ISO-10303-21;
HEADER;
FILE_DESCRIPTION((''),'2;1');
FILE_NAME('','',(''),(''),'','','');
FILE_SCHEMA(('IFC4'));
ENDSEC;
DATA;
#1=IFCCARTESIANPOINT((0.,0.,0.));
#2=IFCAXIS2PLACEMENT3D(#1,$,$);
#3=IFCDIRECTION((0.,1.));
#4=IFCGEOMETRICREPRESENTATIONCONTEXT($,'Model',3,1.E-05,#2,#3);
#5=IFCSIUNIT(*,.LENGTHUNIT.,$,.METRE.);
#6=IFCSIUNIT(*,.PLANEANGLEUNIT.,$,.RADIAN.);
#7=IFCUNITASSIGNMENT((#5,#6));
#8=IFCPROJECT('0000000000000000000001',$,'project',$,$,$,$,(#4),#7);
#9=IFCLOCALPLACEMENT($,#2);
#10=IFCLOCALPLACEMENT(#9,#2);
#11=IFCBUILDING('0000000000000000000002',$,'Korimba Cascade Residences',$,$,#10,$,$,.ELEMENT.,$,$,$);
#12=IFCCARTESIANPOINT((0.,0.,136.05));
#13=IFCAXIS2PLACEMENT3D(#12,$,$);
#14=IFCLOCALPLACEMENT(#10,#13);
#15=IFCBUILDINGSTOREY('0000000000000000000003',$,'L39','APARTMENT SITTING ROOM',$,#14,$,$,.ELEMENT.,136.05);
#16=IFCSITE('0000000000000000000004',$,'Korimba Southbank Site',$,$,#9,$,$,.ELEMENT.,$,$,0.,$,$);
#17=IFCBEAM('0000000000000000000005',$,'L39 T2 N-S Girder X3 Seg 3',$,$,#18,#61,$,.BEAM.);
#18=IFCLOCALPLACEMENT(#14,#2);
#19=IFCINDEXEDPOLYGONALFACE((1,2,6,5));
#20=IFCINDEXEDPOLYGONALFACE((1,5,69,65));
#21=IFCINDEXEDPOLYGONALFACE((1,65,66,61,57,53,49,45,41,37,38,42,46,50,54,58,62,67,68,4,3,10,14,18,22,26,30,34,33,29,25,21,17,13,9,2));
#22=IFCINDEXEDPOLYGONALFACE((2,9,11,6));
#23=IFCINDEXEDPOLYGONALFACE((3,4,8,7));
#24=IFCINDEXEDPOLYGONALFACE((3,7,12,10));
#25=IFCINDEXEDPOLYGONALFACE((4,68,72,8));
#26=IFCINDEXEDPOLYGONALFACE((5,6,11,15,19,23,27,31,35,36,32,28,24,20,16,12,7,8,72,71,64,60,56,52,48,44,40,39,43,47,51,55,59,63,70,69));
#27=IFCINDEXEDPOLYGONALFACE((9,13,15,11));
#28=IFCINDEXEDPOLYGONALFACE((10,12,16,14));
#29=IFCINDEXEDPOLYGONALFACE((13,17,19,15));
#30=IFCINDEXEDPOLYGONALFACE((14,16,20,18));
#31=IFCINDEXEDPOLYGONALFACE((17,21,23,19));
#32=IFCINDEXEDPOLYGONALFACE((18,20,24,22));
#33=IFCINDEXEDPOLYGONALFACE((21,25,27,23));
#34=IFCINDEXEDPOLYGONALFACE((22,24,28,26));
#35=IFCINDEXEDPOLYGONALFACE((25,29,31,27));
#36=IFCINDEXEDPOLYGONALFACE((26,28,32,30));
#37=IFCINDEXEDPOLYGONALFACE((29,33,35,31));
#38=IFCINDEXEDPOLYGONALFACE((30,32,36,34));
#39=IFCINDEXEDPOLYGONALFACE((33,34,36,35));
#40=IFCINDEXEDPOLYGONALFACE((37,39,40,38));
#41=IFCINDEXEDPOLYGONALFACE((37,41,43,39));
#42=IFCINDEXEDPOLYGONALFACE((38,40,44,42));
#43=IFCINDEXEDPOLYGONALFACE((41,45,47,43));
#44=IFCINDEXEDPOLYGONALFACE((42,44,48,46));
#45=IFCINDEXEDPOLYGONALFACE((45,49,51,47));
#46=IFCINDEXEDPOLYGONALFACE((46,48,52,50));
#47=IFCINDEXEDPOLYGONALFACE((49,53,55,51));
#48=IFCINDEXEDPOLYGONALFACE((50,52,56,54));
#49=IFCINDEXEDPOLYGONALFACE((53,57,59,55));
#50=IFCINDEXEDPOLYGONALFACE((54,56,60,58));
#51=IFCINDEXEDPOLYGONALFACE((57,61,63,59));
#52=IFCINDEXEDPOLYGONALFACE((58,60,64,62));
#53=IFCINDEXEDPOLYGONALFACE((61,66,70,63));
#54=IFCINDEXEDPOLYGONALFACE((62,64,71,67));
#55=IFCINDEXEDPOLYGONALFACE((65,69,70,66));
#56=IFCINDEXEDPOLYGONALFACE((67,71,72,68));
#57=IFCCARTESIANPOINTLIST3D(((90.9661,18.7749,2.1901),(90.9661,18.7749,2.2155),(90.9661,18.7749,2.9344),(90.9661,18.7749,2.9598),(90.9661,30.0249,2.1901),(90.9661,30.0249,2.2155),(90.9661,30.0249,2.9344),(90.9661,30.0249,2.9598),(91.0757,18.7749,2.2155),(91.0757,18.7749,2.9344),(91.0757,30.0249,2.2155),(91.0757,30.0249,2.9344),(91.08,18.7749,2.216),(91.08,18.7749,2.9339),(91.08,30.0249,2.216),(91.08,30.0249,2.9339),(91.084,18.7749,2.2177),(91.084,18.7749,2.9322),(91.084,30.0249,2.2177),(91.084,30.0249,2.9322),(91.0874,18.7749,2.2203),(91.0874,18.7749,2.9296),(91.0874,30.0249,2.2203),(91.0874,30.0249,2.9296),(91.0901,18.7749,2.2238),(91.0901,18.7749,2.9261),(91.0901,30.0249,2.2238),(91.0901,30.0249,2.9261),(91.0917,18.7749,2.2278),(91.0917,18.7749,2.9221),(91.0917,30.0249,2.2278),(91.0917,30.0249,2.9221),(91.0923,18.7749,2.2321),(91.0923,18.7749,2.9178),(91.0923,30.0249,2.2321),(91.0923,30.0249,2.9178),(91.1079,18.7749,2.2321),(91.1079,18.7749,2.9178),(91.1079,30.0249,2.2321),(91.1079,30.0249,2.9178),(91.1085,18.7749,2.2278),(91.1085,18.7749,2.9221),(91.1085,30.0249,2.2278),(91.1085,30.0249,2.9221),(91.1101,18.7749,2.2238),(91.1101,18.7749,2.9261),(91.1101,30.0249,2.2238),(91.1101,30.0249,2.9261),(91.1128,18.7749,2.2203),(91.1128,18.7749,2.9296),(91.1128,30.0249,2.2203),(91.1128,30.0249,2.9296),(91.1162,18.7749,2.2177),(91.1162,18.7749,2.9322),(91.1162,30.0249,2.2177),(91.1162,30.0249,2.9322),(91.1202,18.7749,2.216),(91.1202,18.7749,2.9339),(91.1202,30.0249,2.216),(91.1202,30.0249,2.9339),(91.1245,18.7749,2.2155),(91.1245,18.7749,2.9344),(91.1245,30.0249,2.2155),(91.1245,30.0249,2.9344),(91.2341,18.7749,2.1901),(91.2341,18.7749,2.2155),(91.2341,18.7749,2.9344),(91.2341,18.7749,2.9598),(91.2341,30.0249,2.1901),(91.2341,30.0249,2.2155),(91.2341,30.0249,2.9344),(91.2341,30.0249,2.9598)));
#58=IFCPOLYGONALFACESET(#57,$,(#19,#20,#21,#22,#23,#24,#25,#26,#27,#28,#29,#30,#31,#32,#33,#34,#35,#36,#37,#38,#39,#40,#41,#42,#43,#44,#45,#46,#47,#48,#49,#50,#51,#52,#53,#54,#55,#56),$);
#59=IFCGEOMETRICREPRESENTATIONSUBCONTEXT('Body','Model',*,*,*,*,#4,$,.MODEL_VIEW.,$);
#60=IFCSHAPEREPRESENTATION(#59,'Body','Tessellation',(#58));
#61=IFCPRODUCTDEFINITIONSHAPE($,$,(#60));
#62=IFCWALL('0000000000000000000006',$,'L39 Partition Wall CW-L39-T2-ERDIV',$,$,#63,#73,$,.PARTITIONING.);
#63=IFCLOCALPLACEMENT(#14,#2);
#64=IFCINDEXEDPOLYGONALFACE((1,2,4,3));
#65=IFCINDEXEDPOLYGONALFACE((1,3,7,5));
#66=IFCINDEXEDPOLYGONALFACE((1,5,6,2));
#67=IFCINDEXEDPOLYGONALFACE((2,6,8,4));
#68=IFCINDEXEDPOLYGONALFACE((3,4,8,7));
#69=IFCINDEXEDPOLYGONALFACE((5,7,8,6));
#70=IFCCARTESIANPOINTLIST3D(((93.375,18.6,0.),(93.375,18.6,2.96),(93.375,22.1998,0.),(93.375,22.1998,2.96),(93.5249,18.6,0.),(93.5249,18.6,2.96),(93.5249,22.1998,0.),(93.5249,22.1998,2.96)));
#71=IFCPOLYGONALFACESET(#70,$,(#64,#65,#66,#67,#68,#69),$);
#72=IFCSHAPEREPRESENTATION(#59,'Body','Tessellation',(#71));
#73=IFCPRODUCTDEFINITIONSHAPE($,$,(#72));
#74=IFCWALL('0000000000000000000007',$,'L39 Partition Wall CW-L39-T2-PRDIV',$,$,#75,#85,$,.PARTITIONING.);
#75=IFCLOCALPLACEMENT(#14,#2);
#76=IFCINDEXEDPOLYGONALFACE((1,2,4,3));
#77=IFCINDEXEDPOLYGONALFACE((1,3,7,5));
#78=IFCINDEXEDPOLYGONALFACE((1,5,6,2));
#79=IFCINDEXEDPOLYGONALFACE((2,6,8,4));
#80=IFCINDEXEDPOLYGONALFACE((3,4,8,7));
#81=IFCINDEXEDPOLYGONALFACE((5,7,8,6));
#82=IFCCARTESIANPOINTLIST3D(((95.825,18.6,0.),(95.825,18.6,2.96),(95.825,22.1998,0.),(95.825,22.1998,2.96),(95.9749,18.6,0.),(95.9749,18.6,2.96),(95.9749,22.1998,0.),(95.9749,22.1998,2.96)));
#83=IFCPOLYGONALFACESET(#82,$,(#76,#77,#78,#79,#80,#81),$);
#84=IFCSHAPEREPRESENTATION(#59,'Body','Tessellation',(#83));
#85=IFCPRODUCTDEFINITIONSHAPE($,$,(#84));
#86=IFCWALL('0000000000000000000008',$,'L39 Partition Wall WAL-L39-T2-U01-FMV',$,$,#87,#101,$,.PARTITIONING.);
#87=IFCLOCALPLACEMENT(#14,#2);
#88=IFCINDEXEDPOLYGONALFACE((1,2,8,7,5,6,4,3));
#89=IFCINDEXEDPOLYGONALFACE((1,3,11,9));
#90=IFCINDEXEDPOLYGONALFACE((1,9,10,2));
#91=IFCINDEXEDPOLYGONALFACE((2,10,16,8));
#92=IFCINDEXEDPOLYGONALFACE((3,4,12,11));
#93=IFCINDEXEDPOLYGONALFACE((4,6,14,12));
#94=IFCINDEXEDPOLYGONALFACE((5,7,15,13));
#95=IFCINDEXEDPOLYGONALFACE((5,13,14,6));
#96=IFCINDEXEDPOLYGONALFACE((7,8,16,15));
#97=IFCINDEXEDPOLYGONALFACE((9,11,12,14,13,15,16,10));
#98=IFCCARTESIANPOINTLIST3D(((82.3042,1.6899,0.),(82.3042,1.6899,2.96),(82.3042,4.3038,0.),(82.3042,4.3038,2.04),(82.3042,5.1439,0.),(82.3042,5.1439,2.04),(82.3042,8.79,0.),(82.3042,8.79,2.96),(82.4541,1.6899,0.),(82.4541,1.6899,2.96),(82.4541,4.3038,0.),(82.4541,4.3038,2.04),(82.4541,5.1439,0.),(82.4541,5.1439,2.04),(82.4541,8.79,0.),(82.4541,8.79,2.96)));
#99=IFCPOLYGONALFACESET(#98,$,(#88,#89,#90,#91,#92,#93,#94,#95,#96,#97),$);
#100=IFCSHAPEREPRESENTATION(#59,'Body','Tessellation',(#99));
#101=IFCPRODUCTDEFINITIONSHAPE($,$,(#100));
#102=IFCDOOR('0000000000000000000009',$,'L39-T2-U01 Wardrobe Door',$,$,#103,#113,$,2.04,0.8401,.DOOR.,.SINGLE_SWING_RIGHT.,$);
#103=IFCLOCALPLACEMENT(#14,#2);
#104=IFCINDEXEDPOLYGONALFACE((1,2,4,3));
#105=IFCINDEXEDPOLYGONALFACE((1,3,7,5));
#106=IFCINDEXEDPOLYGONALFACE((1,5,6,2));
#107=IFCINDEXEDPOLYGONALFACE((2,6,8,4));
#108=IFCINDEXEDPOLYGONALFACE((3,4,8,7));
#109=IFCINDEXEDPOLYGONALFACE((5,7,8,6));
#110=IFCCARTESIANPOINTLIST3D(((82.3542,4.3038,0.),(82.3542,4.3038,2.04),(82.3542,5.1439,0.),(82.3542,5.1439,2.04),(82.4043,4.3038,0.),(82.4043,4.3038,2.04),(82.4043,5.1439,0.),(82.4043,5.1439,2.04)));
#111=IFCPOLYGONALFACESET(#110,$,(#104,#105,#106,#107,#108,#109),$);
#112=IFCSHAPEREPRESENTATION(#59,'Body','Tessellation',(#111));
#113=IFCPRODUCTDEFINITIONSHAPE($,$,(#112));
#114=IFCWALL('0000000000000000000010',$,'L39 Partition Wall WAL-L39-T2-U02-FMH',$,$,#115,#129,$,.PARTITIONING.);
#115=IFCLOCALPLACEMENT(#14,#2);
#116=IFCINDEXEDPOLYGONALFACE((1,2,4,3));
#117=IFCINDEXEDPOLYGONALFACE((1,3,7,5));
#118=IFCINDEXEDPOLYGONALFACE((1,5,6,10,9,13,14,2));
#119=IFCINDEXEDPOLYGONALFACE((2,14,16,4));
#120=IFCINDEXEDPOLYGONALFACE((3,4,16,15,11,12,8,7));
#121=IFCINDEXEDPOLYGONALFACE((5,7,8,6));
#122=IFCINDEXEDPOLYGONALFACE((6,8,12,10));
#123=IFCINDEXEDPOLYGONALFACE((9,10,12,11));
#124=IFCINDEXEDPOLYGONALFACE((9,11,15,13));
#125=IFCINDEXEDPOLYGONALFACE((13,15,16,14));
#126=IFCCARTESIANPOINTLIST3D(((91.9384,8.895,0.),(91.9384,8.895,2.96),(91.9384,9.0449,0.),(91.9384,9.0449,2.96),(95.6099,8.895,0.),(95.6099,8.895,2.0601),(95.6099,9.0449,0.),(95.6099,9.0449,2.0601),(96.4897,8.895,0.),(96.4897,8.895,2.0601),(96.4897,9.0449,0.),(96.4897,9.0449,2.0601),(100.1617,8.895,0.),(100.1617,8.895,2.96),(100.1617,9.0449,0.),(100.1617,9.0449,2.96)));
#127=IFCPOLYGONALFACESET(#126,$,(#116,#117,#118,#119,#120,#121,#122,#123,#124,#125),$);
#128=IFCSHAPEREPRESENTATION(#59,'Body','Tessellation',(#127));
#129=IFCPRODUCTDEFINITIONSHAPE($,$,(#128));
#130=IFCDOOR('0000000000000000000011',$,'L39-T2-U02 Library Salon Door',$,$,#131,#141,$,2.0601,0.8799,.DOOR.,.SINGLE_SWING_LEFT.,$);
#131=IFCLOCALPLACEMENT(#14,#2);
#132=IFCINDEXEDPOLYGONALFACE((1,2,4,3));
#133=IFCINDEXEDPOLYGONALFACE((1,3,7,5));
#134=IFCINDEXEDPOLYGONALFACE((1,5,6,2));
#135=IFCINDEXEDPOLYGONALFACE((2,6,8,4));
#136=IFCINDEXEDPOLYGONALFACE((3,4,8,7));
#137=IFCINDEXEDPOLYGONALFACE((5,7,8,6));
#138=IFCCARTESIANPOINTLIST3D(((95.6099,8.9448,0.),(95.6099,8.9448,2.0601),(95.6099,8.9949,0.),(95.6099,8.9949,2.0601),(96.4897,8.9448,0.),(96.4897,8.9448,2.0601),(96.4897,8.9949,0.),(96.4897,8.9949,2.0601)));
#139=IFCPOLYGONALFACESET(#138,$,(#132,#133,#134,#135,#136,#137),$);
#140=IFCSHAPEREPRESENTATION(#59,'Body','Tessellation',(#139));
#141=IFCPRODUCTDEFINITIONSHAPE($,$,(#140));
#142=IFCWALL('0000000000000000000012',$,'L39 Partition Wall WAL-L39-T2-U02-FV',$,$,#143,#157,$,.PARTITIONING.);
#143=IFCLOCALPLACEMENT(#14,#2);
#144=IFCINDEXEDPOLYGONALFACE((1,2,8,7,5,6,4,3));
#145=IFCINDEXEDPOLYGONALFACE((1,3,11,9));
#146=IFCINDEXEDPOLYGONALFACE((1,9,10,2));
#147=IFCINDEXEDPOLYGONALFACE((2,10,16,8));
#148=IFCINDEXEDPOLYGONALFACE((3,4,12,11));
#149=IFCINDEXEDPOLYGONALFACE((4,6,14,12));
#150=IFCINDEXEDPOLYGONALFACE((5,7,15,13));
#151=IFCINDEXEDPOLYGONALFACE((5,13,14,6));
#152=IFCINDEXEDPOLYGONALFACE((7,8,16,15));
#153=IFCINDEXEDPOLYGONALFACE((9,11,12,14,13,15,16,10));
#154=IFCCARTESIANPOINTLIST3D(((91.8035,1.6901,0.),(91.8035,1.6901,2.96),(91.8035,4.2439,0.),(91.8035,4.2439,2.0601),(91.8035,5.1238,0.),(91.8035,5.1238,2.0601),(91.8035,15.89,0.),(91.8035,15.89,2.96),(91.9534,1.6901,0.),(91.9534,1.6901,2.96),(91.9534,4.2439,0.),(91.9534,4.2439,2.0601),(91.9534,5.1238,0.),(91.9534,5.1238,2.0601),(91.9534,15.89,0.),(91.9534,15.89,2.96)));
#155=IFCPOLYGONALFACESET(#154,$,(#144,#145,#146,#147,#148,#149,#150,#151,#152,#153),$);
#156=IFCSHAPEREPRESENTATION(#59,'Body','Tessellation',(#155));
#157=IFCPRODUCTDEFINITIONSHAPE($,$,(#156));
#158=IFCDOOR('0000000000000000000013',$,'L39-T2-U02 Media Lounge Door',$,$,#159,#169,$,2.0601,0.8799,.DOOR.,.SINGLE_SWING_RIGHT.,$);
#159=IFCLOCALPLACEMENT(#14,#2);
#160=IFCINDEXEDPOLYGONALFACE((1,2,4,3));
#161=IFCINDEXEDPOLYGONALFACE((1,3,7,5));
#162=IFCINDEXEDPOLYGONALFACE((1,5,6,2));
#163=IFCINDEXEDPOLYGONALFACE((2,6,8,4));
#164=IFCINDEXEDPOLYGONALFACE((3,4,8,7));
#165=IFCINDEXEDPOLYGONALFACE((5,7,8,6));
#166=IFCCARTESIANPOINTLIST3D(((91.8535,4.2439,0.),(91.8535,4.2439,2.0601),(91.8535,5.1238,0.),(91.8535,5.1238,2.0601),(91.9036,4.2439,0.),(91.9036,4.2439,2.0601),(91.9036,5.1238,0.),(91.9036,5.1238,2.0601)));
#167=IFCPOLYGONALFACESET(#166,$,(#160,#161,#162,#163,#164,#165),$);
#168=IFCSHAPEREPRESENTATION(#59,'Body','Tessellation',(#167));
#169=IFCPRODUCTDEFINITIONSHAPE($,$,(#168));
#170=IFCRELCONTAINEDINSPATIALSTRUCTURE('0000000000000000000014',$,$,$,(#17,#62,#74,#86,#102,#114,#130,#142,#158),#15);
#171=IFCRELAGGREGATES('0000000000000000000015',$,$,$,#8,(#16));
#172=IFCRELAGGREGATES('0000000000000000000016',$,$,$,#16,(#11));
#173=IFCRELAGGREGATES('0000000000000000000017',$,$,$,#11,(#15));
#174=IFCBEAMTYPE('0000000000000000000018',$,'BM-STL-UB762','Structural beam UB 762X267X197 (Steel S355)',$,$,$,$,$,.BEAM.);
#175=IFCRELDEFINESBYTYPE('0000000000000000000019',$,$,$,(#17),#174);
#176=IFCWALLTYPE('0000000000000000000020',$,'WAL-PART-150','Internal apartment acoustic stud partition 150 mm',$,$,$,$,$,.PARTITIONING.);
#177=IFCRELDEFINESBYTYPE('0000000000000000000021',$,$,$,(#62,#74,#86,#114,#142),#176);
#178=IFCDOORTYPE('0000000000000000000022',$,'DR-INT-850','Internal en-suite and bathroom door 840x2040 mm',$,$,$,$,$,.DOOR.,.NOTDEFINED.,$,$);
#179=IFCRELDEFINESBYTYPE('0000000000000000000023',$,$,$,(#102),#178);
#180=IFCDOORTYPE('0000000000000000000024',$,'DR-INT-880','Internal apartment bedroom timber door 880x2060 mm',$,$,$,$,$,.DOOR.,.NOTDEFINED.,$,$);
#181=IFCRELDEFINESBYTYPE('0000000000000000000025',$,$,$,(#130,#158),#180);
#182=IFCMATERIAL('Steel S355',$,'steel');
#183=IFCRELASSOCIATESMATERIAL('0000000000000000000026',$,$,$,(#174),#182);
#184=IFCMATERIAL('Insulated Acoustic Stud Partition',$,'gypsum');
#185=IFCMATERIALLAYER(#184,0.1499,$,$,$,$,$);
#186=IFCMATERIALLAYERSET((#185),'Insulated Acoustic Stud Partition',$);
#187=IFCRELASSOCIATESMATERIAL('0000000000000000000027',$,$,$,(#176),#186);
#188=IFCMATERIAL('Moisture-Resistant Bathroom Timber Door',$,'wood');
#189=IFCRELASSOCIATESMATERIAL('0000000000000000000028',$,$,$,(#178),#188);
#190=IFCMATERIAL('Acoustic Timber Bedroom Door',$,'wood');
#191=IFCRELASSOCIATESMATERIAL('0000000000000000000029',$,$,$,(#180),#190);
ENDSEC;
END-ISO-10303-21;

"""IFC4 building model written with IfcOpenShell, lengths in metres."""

from ifc_helpers import new_model, si_unit, direction, frame, frame_2d, origin, origin_2d, place, context, subcontext, project, spatial, rectangle, i_section, extrude, material, layer, layer_set, material_profile, profile_set, type_object, element, fill, save


model = new_model("IFC4")

# Units and contexts
model_context = context("Model", 3, precision=1e-05, world=origin(), true_north=direction((0.0, 1.0)))
body_context = subcontext(model_context, "Body", "Model", "MODEL_VIEW")
ifc_project = project(units=[si_unit("LENGTHUNIT", "METRE"), si_unit("PLANEANGLEUNIT", "RADIAN")], contexts=[model_context])

# Site, building, storey
site_placement = place(None, origin())
site = spatial("IfcSite", under=ifc_project, at=site_placement, Name="Korimba Southbank Site", CompositionType="ELEMENT", RefElevation=0.0)
building_placement = place(site_placement, origin())
building = spatial("IfcBuilding", under=site, at=building_placement, Name="Korimba Cascade Residences", CompositionType="ELEMENT")
storey_placement = place(building_placement, frame((0.0, 0.0, 136.05)))
storey = spatial("IfcBuildingStorey", under=building, at=storey_placement, Name="L39", Description="APARTMENT SITTING ROOM", CompositionType="ELEMENT", Elevation=136.05)

# Beam
ifc_material_1 = material(Name="Steel S355", Category="steel")
ifc_material_profile_1 = material_profile(ifc_material_1, i_section(OverallWidth=0.2681, OverallDepth=0.7698, WebThickness=0.0156, FlangeThickness=0.0254, FilletRadius=0.0166, at=origin_2d()), Name="Steel S355")
ifc_profile_set_1 = profile_set([ifc_material_profile_1], Name="Steel S355")
beam_type_1 = type_object("IfcBeamType", Name="BM-STL-UB762", Description="Structural beam UB 762X267X197 (Steel S355)", PredefinedType="BEAM", material=ifc_profile_set_1)
beam_1_placement = place(storey_placement, frame((91.1001, 18.7749, 2.575), z_axis=(0.0, 1.0, 0.0), x_axis=(-1.0, 0.0, 0.0)))
element("IfcBeam", 1, at=beam_1_placement, inside=storey, type_object=beam_type_1, Name="L39 T2 N-S Girder X3 Seg 3", PredefinedType="BEAM", context=body_context, shape_type="SweptSolid", body=[
    extrude(i_section(OverallWidth=0.2681, OverallDepth=0.7698, WebThickness=0.0156, FlangeThickness=0.0254, FilletRadius=0.0166, at=origin_2d()), origin(), (0.0, 0.0, 1.0), 11.25),
])

# Walls
ifc_material_2 = material(Name="Insulated Acoustic Stud Partition", Category="gypsum")
ifc_layer_1 = layer(ifc_material_2, 0.1499)
ifc_layer_set_1 = layer_set([ifc_layer_1], Name="Insulated Acoustic Stud Partition")
wall_type_1 = type_object("IfcWallType", Name="WAL-PART-150", Description="Internal apartment acoustic stud partition 150 mm", PredefinedType="PARTITIONING", material=ifc_layer_set_1)
for number, where, z_axis, x_axis, name in (
    (2, (93.45, 18.6001, 0.0), (0.0, 0.0, 1.0), (0.0, 1.0, 0.0), "L39 Partition Wall CW-L39-T2-ERDIV"),
    (3, (95.8999, 18.6001, 0.0), (0.0, 0.0, 1.0), (0.0, 1.0, 0.0), "L39 Partition Wall CW-L39-T2-PRDIV"),
):
    element("IfcWall", number, at=place(storey_placement, frame(where, z_axis=z_axis, x_axis=x_axis)), inside=storey, type_object=wall_type_1, Name=name, PredefinedType="PARTITIONING", context=body_context, shape_type="SweptSolid", body=[
        extrude(rectangle(XDim=3.5999, YDim=0.1499, at=frame_2d((1.7998, 0.0))), origin(), (0.0, 0.0, 1.0), 2.96),
    ])

# Walls, openings, doors
wall_1_placement = place(storey_placement, frame((82.3792, 1.6899, 0.0), z_axis=(0.0, 0.0, 1.0), x_axis=(0.0, 1.0, 0.0)))
wall_1 = element("IfcWall", 4, at=wall_1_placement, inside=storey, type_object=wall_type_1, Name="L39 Partition Wall WAL-L39-T2-U01-FMV", PredefinedType="PARTITIONING", context=body_context, shape_type="SweptSolid", body=[
    extrude(rectangle(XDim=7.1001, YDim=0.1499, at=frame_2d((3.55, 0.0))), origin(), (0.0, 0.0, 1.0), 2.96),
])
opening_1_placement = place(wall_1_placement, frame((2.614, 0.0, 0.0)))
opening_1 = element("IfcOpeningElement", 5, at=opening_1_placement, cuts=wall_1, PredefinedType="OPENING", context=body_context, shape_type="SweptSolid", body=[
    extrude(rectangle(XDim=0.8401, YDim=2.04, at=frame_2d((0.4199, 1.02))), frame((0.0, 0.085, 0.0), z_axis=(0.0, -1.0, 0.0), x_axis=(1.0, 0.0, 0.0)), (0.0, 0.0, 1.0), 0.1699),
])
ifc_material_3 = material(Name="Moisture-Resistant Bathroom Timber Door", Category="wood")
door_type_1 = type_object("IfcDoorType", Name="DR-INT-850", Description="Internal en-suite and bathroom door 840x2040 mm", OperationType="NOTDEFINED", PredefinedType="DOOR", material=ifc_material_3)
door_1_placement = place(opening_1_placement, origin())
door_1 = element("IfcDoor", 6, at=door_1_placement, inside=storey, type_object=door_type_1, Name="L39-T2-U01 Wardrobe Door", OperationType="SINGLE_SWING_RIGHT", OverallHeight=2.04, OverallWidth=0.8401, PredefinedType="DOOR", context=body_context, shape_type="SweptSolid", body=[
    extrude(rectangle(XDim=0.8401, YDim=2.04, at=frame_2d((0.4199, 1.02))), frame((0.0, 0.0249, 0.0), z_axis=(0.0, -1.0, 0.0), x_axis=(1.0, 0.0, 0.0)), (0.0, 0.0, 1.0), 0.05),
])
fill(opening_1, door_1)
wall_2_placement = place(storey_placement, frame((91.9382, 8.97, 0.0), z_axis=(0.0, 0.0, 1.0), x_axis=(1.0, 0.0, 0.0)))
wall_2 = element("IfcWall", 7, at=wall_2_placement, inside=storey, type_object=wall_type_1, Name="L39 Partition Wall WAL-L39-T2-U02-FMH", PredefinedType="PARTITIONING", context=body_context, shape_type="SweptSolid", body=[
    extrude(rectangle(XDim=8.2234, YDim=0.1499, at=frame_2d((4.1118, 0.0))), origin(), (0.0, 0.0, 1.0), 2.96),
])
opening_2_placement = place(wall_2_placement, frame((3.6716, 0.0, 0.0)))
opening_2 = element("IfcOpeningElement", 8, at=opening_2_placement, cuts=wall_2, PredefinedType="OPENING", context=body_context, shape_type="SweptSolid", body=[
    extrude(rectangle(XDim=0.8799, YDim=2.0601, at=frame_2d((0.4399, 1.03))), frame((0.0, 0.085, 0.0), z_axis=(0.0, -1.0, 0.0), x_axis=(1.0, 0.0, 0.0)), (0.0, 0.0, 1.0), 0.1699),
])
ifc_material_4 = material(Name="Acoustic Timber Bedroom Door", Category="wood")
door_type_2 = type_object("IfcDoorType", Name="DR-INT-880", Description="Internal apartment bedroom timber door 880x2060 mm", OperationType="NOTDEFINED", PredefinedType="DOOR", material=ifc_material_4)
door_2_placement = place(opening_2_placement, origin())
door_2 = element("IfcDoor", 9, at=door_2_placement, inside=storey, type_object=door_type_2, Name="L39-T2-U02 Library Salon Door", OperationType="SINGLE_SWING_LEFT", OverallHeight=2.0601, OverallWidth=0.8799, PredefinedType="DOOR", context=body_context, shape_type="SweptSolid", body=[
    extrude(rectangle(XDim=0.8799, YDim=2.0601, at=frame_2d((0.4399, 1.03))), frame((0.0, 0.0249, 0.0), z_axis=(0.0, -1.0, 0.0), x_axis=(1.0, 0.0, 0.0)), (0.0, 0.0, 1.0), 0.05),
])
fill(opening_2, door_2)
wall_3_placement = place(storey_placement, frame((91.8784, 1.6899, 0.0), z_axis=(0.0, 0.0, 1.0), x_axis=(0.0, 1.0, 0.0)))
wall_3 = element("IfcWall", 10, at=wall_3_placement, inside=storey, type_object=wall_type_1, Name="L39 Partition Wall WAL-L39-T2-U02-FV", PredefinedType="PARTITIONING", context=body_context, shape_type="SweptSolid", body=[
    extrude(rectangle(XDim=14.2, YDim=0.1499, at=frame_2d((7.1001, 0.0))), origin(), (0.0, 0.0, 1.0), 2.96),
])
opening_3_placement = place(wall_3_placement, frame((2.554, 0.0, 0.0)))
opening_3 = element("IfcOpeningElement", 11, at=opening_3_placement, cuts=wall_3, PredefinedType="OPENING", context=body_context, shape_type="SweptSolid", body=[
    extrude(rectangle(XDim=0.8799, YDim=2.0601, at=frame_2d((0.4399, 1.03))), frame((0.0, 0.085, 0.0), z_axis=(0.0, -1.0, 0.0), x_axis=(1.0, 0.0, 0.0)), (0.0, 0.0, 1.0), 0.1699),
])
door_3_placement = place(opening_3_placement, origin())
door_3 = element("IfcDoor", 12, at=door_3_placement, inside=storey, type_object=door_type_2, Name="L39-T2-U02 Media Lounge Door", OperationType="SINGLE_SWING_RIGHT", OverallHeight=2.0601, OverallWidth=0.8799, PredefinedType="DOOR", context=body_context, shape_type="SweptSolid", body=[
    extrude(rectangle(XDim=0.8799, YDim=2.0601, at=frame_2d((0.4399, 1.03))), frame((0.0, 0.0249, 0.0), z_axis=(0.0, -1.0, 0.0), x_axis=(1.0, 0.0, 0.0)), (0.0, 0.0, 1.0), 0.05),
])
fill(opening_3, door_3)

save(model, "model.ifc")
